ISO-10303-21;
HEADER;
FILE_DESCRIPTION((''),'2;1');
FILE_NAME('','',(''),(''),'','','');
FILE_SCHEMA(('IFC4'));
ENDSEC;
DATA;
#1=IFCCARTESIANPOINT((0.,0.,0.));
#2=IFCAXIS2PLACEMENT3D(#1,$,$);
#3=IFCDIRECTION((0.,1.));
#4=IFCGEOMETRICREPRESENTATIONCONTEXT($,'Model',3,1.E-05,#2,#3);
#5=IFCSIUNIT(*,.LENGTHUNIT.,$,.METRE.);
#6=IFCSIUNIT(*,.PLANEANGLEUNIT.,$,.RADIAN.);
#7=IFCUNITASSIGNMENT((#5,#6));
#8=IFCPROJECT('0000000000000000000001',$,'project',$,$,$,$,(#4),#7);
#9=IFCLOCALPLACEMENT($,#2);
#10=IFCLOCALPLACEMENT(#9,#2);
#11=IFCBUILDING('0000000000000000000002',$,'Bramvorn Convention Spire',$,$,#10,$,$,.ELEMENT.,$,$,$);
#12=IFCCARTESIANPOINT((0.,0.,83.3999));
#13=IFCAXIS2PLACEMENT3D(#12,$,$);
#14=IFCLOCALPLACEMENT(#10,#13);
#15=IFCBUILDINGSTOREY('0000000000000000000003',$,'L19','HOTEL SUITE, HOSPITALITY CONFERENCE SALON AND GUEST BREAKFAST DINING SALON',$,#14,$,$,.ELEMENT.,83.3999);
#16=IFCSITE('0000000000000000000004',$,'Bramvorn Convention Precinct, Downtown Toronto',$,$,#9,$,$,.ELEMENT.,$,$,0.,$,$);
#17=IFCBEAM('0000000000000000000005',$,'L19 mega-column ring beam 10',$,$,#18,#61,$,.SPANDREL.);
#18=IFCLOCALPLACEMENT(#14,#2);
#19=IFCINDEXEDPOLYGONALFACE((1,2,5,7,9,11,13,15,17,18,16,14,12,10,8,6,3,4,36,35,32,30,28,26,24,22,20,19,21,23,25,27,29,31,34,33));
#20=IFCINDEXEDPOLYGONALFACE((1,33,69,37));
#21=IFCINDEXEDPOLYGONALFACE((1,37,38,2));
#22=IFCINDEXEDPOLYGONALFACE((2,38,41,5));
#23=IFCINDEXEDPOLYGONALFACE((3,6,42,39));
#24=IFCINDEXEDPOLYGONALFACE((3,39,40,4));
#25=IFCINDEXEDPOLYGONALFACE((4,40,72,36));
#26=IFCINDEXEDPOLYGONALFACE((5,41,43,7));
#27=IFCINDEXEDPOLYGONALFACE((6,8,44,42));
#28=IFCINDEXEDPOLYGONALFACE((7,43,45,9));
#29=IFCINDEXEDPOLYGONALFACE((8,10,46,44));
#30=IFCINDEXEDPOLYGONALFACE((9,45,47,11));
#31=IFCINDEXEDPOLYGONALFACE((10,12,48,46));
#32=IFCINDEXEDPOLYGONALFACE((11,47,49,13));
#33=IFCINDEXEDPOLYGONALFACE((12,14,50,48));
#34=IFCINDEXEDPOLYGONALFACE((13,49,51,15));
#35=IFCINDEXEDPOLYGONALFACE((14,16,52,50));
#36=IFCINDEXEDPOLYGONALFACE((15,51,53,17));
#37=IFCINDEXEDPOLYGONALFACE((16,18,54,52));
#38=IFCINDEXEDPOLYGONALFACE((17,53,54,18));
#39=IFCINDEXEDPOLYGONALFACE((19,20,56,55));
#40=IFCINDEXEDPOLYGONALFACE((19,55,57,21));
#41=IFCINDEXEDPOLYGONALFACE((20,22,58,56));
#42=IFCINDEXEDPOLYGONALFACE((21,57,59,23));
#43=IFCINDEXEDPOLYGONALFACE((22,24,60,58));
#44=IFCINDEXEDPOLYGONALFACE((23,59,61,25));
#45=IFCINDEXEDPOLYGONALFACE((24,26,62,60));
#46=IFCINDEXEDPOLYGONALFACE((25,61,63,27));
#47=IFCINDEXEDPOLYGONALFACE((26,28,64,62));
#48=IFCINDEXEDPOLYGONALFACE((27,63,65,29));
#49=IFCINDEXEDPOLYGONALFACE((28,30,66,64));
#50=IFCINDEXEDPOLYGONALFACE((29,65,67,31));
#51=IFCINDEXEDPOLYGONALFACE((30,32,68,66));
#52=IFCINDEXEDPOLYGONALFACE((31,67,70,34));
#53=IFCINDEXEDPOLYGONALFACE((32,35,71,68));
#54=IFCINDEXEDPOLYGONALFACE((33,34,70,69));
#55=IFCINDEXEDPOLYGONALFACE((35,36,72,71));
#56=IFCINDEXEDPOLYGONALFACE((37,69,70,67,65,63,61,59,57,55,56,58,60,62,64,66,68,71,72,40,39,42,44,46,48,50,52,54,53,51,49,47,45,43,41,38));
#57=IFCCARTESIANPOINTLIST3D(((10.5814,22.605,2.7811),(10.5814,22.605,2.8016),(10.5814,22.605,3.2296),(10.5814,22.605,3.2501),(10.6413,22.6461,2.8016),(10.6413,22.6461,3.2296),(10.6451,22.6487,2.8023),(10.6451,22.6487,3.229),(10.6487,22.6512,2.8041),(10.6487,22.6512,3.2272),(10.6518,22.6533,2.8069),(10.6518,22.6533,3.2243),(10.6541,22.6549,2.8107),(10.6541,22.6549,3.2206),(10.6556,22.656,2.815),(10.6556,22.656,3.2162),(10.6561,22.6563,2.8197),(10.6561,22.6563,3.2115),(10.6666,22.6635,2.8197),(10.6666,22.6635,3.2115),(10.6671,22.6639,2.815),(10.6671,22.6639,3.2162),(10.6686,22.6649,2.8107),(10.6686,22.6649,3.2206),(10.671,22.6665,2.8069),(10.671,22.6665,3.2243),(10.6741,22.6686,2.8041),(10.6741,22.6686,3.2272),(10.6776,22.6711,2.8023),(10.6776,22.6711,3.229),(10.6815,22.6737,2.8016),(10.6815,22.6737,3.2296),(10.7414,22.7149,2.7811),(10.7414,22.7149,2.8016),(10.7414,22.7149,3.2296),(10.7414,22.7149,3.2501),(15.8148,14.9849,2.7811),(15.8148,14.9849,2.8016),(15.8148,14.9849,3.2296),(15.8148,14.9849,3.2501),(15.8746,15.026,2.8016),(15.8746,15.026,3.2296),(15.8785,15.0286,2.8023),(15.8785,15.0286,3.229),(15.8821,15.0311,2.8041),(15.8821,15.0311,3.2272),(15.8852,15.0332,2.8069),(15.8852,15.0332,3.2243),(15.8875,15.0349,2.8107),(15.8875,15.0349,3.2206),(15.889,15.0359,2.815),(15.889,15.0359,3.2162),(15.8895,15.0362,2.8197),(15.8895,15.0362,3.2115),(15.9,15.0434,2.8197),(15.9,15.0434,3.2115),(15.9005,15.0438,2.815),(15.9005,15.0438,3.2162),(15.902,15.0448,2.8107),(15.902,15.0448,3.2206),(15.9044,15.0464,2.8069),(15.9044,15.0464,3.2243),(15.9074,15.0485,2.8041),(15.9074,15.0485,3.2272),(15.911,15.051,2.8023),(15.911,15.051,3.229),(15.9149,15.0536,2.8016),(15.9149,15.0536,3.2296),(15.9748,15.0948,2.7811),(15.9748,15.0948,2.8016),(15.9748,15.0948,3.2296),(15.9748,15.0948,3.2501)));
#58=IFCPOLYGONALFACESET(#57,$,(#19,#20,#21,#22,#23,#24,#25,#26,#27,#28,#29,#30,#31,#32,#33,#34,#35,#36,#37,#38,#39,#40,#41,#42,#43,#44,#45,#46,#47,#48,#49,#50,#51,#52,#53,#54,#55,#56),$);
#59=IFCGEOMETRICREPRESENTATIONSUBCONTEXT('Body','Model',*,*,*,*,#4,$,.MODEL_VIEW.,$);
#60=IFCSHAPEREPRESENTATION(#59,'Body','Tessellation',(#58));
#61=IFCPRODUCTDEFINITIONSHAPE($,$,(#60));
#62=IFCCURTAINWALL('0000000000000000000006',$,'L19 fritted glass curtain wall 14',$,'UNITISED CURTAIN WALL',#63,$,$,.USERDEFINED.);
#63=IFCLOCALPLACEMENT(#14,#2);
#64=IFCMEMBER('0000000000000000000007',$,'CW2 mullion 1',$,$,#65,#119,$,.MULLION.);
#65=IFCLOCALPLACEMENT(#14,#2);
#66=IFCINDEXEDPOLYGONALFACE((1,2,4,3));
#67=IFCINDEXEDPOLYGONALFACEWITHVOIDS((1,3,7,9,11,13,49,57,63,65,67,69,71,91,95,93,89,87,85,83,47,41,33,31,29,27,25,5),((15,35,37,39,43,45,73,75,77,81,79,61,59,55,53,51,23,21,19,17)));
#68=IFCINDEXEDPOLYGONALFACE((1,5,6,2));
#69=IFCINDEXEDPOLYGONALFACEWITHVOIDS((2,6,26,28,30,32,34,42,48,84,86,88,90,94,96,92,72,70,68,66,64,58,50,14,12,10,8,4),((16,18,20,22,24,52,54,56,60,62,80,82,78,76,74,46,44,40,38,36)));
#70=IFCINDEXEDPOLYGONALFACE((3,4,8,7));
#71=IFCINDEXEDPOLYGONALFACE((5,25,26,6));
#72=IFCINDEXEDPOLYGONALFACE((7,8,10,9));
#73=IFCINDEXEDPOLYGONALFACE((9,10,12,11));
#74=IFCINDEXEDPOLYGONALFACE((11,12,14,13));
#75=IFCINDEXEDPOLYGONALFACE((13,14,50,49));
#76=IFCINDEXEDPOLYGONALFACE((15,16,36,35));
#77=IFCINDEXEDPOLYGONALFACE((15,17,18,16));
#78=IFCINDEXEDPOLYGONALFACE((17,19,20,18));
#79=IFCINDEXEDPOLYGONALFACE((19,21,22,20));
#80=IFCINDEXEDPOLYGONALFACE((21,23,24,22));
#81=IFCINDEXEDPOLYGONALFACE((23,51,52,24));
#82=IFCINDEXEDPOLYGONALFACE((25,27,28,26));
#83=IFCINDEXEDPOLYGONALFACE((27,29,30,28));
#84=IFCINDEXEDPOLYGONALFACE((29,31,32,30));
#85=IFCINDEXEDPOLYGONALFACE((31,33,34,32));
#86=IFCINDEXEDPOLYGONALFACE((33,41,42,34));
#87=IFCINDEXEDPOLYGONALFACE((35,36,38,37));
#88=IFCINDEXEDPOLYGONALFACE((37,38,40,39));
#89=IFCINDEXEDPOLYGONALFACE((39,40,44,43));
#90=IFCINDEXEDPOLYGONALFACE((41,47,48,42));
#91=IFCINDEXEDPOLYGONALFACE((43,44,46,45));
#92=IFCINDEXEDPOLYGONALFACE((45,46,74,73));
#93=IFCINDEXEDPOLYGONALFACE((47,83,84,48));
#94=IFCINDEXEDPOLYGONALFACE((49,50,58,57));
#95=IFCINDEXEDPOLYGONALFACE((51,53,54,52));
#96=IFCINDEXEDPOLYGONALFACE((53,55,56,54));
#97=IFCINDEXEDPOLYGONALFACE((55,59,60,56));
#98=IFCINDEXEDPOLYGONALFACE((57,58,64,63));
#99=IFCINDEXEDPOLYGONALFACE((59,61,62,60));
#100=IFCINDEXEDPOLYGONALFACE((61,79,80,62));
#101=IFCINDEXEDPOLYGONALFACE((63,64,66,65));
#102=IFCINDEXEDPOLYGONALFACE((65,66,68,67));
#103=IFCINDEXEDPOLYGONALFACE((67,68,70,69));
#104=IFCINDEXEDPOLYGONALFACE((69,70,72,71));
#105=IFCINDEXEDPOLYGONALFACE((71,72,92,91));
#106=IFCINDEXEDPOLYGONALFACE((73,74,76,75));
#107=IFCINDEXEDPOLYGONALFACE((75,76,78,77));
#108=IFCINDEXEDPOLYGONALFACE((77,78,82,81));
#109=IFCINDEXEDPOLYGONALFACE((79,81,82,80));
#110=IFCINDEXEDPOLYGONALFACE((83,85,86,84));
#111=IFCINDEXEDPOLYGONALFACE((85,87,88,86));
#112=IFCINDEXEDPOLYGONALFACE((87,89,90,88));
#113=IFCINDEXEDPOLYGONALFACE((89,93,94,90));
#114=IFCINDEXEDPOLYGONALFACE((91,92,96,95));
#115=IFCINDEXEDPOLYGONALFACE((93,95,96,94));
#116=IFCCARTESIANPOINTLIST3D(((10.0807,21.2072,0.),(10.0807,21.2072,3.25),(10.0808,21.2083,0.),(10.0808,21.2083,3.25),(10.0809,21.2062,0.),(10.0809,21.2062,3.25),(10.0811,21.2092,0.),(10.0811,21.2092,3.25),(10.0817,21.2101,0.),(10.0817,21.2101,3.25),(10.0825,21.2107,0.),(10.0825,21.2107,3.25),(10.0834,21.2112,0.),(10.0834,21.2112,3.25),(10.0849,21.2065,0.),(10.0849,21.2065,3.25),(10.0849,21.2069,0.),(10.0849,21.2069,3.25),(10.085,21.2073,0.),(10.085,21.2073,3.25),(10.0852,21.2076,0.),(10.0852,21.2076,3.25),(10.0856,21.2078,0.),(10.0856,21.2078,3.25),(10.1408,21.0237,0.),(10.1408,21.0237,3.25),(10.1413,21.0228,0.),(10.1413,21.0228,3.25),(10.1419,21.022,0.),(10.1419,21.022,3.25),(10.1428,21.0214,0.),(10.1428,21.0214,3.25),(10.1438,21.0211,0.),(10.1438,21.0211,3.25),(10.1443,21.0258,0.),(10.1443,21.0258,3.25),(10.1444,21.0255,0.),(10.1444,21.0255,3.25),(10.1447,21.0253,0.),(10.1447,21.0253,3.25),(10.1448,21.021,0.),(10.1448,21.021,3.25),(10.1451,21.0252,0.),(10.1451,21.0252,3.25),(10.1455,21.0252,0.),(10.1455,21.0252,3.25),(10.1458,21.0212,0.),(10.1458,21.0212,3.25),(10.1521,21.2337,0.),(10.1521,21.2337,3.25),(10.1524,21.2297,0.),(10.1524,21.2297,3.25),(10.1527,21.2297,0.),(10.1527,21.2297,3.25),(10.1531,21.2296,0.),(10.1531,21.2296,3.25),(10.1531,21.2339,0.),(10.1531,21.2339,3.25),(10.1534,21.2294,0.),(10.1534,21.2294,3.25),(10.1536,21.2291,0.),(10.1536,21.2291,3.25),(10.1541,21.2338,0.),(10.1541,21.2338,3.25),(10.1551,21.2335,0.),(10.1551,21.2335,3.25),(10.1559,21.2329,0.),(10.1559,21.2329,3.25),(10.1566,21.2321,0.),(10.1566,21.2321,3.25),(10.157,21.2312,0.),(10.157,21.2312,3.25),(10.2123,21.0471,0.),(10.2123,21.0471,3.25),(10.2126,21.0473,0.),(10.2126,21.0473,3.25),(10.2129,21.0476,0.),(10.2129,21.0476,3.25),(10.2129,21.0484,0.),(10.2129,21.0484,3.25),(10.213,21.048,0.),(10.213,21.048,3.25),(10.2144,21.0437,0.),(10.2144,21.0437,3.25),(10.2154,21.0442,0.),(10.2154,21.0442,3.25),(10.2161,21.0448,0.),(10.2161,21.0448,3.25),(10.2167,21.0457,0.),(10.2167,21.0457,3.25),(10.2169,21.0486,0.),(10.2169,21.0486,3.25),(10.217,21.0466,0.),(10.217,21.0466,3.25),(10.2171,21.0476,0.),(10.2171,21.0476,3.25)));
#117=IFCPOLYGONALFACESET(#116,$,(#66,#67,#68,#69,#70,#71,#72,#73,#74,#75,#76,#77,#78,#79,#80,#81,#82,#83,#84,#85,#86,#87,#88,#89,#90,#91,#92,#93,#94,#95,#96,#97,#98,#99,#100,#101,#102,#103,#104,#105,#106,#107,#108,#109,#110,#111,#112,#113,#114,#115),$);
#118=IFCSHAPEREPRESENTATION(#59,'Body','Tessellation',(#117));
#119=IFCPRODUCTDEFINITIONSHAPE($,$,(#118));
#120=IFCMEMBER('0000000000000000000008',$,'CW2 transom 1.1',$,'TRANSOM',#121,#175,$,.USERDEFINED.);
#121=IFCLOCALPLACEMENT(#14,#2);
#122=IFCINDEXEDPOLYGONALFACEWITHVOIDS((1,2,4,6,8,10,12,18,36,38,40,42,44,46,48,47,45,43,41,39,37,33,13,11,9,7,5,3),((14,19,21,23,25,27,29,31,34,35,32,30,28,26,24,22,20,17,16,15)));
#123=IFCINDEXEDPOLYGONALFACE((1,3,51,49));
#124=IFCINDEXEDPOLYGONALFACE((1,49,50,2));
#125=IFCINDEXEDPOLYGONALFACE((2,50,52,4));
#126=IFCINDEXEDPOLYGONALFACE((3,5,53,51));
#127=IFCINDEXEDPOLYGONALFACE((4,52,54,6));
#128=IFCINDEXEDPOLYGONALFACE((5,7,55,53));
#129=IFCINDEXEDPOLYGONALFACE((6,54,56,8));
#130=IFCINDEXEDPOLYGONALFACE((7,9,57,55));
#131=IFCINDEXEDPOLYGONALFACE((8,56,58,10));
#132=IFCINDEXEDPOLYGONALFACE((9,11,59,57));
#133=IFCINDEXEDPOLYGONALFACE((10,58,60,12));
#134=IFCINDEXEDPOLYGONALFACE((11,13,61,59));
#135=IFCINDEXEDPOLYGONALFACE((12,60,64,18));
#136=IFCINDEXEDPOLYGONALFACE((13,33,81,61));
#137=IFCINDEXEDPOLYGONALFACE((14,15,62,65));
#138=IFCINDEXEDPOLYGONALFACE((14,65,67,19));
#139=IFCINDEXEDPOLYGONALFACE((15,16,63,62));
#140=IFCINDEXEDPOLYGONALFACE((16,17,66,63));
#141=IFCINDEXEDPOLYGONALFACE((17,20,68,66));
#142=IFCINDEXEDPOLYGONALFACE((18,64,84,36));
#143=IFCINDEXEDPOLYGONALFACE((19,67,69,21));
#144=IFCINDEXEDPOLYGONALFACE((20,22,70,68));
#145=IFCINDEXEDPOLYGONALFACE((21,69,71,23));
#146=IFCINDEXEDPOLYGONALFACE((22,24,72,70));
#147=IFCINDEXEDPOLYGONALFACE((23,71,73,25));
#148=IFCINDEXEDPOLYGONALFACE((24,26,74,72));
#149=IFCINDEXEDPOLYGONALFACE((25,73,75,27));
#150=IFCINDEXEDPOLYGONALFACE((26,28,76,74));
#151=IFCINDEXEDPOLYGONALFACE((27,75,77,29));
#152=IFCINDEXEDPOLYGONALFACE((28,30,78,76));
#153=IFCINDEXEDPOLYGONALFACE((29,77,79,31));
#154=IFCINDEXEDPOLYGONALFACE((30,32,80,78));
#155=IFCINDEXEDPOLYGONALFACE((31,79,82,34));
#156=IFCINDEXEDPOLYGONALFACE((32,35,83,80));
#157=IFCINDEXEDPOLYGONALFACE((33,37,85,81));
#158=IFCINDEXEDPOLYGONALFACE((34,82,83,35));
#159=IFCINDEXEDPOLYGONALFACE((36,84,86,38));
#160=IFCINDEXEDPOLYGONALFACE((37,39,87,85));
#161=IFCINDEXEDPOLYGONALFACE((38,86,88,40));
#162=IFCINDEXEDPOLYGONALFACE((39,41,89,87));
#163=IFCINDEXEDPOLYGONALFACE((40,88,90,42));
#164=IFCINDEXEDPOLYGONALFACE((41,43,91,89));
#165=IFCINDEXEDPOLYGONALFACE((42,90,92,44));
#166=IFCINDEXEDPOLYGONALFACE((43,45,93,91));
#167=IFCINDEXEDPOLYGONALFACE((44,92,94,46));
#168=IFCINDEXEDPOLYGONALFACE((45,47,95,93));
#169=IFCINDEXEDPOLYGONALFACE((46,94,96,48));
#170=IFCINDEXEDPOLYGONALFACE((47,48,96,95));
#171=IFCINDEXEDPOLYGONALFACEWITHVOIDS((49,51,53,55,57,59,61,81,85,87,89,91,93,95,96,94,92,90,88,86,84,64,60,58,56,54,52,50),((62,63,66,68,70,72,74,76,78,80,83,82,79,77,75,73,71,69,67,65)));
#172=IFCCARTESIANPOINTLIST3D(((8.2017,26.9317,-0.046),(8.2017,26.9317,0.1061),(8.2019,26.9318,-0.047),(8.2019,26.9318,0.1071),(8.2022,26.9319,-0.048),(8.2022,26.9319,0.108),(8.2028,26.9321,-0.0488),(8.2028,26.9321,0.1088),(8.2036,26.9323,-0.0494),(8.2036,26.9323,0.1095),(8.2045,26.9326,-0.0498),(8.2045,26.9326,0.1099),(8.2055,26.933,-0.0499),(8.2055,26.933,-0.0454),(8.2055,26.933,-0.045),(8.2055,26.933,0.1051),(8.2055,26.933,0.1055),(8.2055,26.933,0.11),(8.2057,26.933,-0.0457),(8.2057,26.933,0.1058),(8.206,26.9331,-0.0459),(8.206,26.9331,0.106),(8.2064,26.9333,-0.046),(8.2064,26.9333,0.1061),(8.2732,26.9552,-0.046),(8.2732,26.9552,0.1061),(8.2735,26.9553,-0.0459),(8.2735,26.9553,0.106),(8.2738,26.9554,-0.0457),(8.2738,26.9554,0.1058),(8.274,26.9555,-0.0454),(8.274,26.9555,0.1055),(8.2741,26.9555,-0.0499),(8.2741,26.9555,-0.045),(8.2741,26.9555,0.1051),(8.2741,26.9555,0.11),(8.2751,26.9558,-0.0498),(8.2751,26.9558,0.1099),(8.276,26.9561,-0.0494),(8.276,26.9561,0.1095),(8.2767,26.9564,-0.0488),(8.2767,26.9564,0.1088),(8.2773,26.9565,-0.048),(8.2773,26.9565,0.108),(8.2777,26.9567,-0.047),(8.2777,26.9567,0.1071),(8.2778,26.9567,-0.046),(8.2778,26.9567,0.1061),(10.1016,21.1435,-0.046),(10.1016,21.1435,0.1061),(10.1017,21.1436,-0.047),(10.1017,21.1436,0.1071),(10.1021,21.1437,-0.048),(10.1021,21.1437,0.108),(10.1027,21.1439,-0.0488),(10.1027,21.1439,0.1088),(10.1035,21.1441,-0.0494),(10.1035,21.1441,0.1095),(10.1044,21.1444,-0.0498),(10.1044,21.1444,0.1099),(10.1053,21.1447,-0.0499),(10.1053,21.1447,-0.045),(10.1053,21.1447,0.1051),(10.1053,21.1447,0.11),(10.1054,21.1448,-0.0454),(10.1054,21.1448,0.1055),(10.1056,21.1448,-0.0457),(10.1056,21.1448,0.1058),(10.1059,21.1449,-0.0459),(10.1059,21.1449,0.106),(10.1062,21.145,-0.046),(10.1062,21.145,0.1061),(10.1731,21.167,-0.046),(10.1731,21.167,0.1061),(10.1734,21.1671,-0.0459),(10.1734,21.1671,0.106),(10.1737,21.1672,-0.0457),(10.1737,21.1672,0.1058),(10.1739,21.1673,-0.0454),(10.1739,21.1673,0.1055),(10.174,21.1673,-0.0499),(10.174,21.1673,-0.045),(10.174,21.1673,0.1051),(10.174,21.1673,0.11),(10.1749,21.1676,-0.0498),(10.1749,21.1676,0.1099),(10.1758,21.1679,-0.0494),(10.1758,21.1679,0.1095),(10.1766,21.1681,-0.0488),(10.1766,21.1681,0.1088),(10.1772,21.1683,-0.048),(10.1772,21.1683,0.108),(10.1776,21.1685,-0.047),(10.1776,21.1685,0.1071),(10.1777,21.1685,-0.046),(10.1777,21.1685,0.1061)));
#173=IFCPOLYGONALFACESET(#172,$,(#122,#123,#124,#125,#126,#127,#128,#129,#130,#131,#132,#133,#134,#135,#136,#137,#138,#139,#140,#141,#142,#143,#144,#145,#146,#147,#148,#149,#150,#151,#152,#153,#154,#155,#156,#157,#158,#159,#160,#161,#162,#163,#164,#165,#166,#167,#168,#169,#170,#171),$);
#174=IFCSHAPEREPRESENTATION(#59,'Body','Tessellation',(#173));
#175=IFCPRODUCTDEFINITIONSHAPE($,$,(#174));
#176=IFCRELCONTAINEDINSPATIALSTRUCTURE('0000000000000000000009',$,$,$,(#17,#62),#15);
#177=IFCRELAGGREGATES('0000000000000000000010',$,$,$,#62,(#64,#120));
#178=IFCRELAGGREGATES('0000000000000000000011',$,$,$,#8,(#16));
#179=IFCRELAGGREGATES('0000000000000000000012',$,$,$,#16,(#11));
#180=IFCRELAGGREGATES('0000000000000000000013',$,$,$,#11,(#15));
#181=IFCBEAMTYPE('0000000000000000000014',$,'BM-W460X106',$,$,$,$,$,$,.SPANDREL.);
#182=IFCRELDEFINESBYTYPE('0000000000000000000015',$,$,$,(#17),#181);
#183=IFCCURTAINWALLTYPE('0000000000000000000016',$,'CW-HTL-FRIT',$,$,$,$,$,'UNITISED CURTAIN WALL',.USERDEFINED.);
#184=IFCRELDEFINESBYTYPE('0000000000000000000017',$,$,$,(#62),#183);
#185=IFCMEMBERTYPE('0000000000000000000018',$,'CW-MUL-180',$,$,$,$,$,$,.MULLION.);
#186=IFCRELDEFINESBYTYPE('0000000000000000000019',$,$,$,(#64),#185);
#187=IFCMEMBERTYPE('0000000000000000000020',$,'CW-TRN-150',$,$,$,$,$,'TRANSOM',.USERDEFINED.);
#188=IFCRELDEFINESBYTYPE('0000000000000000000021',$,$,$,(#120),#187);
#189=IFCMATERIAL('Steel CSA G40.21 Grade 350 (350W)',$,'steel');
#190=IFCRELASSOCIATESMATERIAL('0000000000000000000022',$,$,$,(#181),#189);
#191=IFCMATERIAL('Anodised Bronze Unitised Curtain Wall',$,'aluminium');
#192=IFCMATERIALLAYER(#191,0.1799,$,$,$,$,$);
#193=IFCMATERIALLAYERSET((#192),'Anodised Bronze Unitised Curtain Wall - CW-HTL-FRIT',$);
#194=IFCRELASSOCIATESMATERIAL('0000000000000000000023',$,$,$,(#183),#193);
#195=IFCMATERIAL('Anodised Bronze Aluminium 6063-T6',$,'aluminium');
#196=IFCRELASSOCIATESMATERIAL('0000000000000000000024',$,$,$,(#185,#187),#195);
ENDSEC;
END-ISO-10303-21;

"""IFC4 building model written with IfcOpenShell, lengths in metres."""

from ifc_helpers import new_model, si_unit, direction, frame, origin, origin_2d, place, context, subcontext, project, spatial, hollow_rectangle, i_section, extrude, material, layer, layer_set, material_profile, profile_set, type_object, element, aggregate, save


model = new_model("IFC4")

# Units and contexts
model_context = context("Model", 3, precision=1e-05, world=origin(), true_north=direction((0.0, 1.0)))
body_context = subcontext(model_context, "Body", "Model", "MODEL_VIEW")
ifc_project = project(units=[si_unit("LENGTHUNIT", "METRE"), si_unit("PLANEANGLEUNIT", "RADIAN")], contexts=[model_context])

# Site, building, storey
site_placement = place(None, origin())
site = spatial("IfcSite", under=ifc_project, at=site_placement, Name="Bramvorn Convention Precinct, Downtown Toronto", CompositionType="ELEMENT", RefElevation=0.0)
building_placement = place(site_placement, origin())
building = spatial("IfcBuilding", under=site, at=building_placement, Name="Bramvorn Convention Spire", CompositionType="ELEMENT")
storey_placement = place(building_placement, frame((0.0, 0.0, 83.3999)))
storey = spatial("IfcBuildingStorey", under=building, at=storey_placement, Name="L19", Description="HOTEL SUITE, HOSPITALITY CONFERENCE SALON AND GUEST BREAKFAST DINING SALON", CompositionType="ELEMENT", Elevation=83.3999)

# Shared definitions
ifc_material_1 = material(Name="Steel CSA G40.21 Grade 350 (350W)", Category="steel")

# Beam
ifc_material_profile_1 = material_profile(ifc_material_1, i_section(OverallWidth=0.1941, OverallDepth=0.469, WebThickness=0.0127, FlangeThickness=0.0205, FilletRadius=0.0181, at=origin_2d()))
ifc_profile_set_1 = profile_set([ifc_material_profile_1], Name="Steel CSA G40.21 Grade 350 (350W) - W460X106")
beam_type_1 = type_object("IfcBeamType", Name="BM-W460X106", PredefinedType="SPANDREL", material=ifc_profile_set_1)
beam_1_placement = place(storey_placement, frame((10.6614, 22.6599, 3.0156), z_axis=(0.56613, -0.824316, 0.0), x_axis=(0.824316, 0.56613, 0.0)))
element("IfcBeam", 1, at=beam_1_placement, inside=storey, type_object=beam_type_1, Name="L19 mega-column ring beam 10", PredefinedType="SPANDREL", context=body_context, shape_type="SweptSolid", body=[
    extrude(i_section(OverallWidth=0.1941, OverallDepth=0.469, WebThickness=0.0127, FlangeThickness=0.0205, FilletRadius=0.0181, at=origin_2d()), origin(), (0.0, 0.0, 1.0), 9.2441),
])

# Curtain wall, members
ifc_material_2 = material(Name="Anodised Bronze Unitised Curtain Wall", Category="aluminium")
ifc_layer_1 = layer(ifc_material_2, 0.1799)
ifc_layer_set_1 = layer_set([ifc_layer_1], Name="Anodised Bronze Unitised Curtain Wall - CW-HTL-FRIT")
curtain_wall_type = type_object("IfcCurtainWallType", Name="CW-HTL-FRIT", ElementType="UNITISED CURTAIN WALL", PredefinedType="USERDEFINED", material=ifc_layer_set_1)
curtain_wall_placement = place(storey_placement, origin())
curtain_wall = element("IfcCurtainWall", 2, at=curtain_wall_placement, inside=storey, type_object=curtain_wall_type, Name="L19 fritted glass curtain wall 14", ObjectType="UNITISED CURTAIN WALL", PredefinedType="USERDEFINED")
ifc_material_3 = material(Name="Anodised Bronze Aluminium 6063-T6", Category="aluminium")
ifc_material_profile_2 = material_profile(ifc_material_3, hollow_rectangle(XDim=0.0801, YDim=0.2, WallThickness=0.0039, InnerFilletRadius=0.001, OuterFilletRadius=0.0039, at=origin_2d()))
ifc_profile_set_2 = profile_set([ifc_material_profile_2], Name="Anodised Bronze Aluminium 6063-T6 - CWM80X200")
member_type_1 = type_object("IfcMemberType", Name="CW-MUL-180", PredefinedType="MULLION", material=ifc_profile_set_2)
member_1_placement = place(storey_placement, frame((10.1489, 21.1274, 0.0), z_axis=(0.0, 0.0, 1.0), x_axis=(-0.950128, -0.311859, 0.0)))
member_1 = element("IfcMember", 3, at=member_1_placement, type_object=member_type_1, Name="CW2 mullion 1", PredefinedType="MULLION", context=body_context, shape_type="SweptSolid", body=[
    extrude(hollow_rectangle(XDim=0.0801, YDim=0.2, WallThickness=0.0039, InnerFilletRadius=0.001, OuterFilletRadius=0.0039, at=origin_2d()), origin(), (0.0, 0.0, 1.0), 3.25),
])
ifc_material_profile_3 = material_profile(ifc_material_3, hollow_rectangle(XDim=0.0801, YDim=0.1599, WallThickness=0.0039, InnerFilletRadius=0.001, OuterFilletRadius=0.0039, at=origin_2d()))
ifc_profile_set_3 = profile_set([ifc_material_profile_3], Name="Anodised Bronze Aluminium 6063-T6 - CWT80X160")
member_type_2 = type_object("IfcMemberType", Name="CW-TRN-150", ElementType="TRANSOM", PredefinedType="USERDEFINED", material=ifc_profile_set_3)
member_2_placement = place(storey_placement, frame((10.1396, 21.156, 0.03), z_axis=(-0.31186, 0.950128, 0.0), x_axis=(-0.950128, -0.31186, 0.0)))
member_2 = element("IfcMember", 4, at=member_2_placement, type_object=member_type_2, Name="CW2 transom 1.1", ObjectType="TRANSOM", PredefinedType="USERDEFINED", context=body_context, shape_type="SweptSolid", body=[
    extrude(hollow_rectangle(XDim=0.0801, YDim=0.1599, WallThickness=0.0039, InnerFilletRadius=0.001, OuterFilletRadius=0.0039, at=origin_2d()), origin(), (0.0, 0.0, 1.0), 6.092),
])
aggregate(curtain_wall, [member_1, member_2])

save(model, "model.ifc")
